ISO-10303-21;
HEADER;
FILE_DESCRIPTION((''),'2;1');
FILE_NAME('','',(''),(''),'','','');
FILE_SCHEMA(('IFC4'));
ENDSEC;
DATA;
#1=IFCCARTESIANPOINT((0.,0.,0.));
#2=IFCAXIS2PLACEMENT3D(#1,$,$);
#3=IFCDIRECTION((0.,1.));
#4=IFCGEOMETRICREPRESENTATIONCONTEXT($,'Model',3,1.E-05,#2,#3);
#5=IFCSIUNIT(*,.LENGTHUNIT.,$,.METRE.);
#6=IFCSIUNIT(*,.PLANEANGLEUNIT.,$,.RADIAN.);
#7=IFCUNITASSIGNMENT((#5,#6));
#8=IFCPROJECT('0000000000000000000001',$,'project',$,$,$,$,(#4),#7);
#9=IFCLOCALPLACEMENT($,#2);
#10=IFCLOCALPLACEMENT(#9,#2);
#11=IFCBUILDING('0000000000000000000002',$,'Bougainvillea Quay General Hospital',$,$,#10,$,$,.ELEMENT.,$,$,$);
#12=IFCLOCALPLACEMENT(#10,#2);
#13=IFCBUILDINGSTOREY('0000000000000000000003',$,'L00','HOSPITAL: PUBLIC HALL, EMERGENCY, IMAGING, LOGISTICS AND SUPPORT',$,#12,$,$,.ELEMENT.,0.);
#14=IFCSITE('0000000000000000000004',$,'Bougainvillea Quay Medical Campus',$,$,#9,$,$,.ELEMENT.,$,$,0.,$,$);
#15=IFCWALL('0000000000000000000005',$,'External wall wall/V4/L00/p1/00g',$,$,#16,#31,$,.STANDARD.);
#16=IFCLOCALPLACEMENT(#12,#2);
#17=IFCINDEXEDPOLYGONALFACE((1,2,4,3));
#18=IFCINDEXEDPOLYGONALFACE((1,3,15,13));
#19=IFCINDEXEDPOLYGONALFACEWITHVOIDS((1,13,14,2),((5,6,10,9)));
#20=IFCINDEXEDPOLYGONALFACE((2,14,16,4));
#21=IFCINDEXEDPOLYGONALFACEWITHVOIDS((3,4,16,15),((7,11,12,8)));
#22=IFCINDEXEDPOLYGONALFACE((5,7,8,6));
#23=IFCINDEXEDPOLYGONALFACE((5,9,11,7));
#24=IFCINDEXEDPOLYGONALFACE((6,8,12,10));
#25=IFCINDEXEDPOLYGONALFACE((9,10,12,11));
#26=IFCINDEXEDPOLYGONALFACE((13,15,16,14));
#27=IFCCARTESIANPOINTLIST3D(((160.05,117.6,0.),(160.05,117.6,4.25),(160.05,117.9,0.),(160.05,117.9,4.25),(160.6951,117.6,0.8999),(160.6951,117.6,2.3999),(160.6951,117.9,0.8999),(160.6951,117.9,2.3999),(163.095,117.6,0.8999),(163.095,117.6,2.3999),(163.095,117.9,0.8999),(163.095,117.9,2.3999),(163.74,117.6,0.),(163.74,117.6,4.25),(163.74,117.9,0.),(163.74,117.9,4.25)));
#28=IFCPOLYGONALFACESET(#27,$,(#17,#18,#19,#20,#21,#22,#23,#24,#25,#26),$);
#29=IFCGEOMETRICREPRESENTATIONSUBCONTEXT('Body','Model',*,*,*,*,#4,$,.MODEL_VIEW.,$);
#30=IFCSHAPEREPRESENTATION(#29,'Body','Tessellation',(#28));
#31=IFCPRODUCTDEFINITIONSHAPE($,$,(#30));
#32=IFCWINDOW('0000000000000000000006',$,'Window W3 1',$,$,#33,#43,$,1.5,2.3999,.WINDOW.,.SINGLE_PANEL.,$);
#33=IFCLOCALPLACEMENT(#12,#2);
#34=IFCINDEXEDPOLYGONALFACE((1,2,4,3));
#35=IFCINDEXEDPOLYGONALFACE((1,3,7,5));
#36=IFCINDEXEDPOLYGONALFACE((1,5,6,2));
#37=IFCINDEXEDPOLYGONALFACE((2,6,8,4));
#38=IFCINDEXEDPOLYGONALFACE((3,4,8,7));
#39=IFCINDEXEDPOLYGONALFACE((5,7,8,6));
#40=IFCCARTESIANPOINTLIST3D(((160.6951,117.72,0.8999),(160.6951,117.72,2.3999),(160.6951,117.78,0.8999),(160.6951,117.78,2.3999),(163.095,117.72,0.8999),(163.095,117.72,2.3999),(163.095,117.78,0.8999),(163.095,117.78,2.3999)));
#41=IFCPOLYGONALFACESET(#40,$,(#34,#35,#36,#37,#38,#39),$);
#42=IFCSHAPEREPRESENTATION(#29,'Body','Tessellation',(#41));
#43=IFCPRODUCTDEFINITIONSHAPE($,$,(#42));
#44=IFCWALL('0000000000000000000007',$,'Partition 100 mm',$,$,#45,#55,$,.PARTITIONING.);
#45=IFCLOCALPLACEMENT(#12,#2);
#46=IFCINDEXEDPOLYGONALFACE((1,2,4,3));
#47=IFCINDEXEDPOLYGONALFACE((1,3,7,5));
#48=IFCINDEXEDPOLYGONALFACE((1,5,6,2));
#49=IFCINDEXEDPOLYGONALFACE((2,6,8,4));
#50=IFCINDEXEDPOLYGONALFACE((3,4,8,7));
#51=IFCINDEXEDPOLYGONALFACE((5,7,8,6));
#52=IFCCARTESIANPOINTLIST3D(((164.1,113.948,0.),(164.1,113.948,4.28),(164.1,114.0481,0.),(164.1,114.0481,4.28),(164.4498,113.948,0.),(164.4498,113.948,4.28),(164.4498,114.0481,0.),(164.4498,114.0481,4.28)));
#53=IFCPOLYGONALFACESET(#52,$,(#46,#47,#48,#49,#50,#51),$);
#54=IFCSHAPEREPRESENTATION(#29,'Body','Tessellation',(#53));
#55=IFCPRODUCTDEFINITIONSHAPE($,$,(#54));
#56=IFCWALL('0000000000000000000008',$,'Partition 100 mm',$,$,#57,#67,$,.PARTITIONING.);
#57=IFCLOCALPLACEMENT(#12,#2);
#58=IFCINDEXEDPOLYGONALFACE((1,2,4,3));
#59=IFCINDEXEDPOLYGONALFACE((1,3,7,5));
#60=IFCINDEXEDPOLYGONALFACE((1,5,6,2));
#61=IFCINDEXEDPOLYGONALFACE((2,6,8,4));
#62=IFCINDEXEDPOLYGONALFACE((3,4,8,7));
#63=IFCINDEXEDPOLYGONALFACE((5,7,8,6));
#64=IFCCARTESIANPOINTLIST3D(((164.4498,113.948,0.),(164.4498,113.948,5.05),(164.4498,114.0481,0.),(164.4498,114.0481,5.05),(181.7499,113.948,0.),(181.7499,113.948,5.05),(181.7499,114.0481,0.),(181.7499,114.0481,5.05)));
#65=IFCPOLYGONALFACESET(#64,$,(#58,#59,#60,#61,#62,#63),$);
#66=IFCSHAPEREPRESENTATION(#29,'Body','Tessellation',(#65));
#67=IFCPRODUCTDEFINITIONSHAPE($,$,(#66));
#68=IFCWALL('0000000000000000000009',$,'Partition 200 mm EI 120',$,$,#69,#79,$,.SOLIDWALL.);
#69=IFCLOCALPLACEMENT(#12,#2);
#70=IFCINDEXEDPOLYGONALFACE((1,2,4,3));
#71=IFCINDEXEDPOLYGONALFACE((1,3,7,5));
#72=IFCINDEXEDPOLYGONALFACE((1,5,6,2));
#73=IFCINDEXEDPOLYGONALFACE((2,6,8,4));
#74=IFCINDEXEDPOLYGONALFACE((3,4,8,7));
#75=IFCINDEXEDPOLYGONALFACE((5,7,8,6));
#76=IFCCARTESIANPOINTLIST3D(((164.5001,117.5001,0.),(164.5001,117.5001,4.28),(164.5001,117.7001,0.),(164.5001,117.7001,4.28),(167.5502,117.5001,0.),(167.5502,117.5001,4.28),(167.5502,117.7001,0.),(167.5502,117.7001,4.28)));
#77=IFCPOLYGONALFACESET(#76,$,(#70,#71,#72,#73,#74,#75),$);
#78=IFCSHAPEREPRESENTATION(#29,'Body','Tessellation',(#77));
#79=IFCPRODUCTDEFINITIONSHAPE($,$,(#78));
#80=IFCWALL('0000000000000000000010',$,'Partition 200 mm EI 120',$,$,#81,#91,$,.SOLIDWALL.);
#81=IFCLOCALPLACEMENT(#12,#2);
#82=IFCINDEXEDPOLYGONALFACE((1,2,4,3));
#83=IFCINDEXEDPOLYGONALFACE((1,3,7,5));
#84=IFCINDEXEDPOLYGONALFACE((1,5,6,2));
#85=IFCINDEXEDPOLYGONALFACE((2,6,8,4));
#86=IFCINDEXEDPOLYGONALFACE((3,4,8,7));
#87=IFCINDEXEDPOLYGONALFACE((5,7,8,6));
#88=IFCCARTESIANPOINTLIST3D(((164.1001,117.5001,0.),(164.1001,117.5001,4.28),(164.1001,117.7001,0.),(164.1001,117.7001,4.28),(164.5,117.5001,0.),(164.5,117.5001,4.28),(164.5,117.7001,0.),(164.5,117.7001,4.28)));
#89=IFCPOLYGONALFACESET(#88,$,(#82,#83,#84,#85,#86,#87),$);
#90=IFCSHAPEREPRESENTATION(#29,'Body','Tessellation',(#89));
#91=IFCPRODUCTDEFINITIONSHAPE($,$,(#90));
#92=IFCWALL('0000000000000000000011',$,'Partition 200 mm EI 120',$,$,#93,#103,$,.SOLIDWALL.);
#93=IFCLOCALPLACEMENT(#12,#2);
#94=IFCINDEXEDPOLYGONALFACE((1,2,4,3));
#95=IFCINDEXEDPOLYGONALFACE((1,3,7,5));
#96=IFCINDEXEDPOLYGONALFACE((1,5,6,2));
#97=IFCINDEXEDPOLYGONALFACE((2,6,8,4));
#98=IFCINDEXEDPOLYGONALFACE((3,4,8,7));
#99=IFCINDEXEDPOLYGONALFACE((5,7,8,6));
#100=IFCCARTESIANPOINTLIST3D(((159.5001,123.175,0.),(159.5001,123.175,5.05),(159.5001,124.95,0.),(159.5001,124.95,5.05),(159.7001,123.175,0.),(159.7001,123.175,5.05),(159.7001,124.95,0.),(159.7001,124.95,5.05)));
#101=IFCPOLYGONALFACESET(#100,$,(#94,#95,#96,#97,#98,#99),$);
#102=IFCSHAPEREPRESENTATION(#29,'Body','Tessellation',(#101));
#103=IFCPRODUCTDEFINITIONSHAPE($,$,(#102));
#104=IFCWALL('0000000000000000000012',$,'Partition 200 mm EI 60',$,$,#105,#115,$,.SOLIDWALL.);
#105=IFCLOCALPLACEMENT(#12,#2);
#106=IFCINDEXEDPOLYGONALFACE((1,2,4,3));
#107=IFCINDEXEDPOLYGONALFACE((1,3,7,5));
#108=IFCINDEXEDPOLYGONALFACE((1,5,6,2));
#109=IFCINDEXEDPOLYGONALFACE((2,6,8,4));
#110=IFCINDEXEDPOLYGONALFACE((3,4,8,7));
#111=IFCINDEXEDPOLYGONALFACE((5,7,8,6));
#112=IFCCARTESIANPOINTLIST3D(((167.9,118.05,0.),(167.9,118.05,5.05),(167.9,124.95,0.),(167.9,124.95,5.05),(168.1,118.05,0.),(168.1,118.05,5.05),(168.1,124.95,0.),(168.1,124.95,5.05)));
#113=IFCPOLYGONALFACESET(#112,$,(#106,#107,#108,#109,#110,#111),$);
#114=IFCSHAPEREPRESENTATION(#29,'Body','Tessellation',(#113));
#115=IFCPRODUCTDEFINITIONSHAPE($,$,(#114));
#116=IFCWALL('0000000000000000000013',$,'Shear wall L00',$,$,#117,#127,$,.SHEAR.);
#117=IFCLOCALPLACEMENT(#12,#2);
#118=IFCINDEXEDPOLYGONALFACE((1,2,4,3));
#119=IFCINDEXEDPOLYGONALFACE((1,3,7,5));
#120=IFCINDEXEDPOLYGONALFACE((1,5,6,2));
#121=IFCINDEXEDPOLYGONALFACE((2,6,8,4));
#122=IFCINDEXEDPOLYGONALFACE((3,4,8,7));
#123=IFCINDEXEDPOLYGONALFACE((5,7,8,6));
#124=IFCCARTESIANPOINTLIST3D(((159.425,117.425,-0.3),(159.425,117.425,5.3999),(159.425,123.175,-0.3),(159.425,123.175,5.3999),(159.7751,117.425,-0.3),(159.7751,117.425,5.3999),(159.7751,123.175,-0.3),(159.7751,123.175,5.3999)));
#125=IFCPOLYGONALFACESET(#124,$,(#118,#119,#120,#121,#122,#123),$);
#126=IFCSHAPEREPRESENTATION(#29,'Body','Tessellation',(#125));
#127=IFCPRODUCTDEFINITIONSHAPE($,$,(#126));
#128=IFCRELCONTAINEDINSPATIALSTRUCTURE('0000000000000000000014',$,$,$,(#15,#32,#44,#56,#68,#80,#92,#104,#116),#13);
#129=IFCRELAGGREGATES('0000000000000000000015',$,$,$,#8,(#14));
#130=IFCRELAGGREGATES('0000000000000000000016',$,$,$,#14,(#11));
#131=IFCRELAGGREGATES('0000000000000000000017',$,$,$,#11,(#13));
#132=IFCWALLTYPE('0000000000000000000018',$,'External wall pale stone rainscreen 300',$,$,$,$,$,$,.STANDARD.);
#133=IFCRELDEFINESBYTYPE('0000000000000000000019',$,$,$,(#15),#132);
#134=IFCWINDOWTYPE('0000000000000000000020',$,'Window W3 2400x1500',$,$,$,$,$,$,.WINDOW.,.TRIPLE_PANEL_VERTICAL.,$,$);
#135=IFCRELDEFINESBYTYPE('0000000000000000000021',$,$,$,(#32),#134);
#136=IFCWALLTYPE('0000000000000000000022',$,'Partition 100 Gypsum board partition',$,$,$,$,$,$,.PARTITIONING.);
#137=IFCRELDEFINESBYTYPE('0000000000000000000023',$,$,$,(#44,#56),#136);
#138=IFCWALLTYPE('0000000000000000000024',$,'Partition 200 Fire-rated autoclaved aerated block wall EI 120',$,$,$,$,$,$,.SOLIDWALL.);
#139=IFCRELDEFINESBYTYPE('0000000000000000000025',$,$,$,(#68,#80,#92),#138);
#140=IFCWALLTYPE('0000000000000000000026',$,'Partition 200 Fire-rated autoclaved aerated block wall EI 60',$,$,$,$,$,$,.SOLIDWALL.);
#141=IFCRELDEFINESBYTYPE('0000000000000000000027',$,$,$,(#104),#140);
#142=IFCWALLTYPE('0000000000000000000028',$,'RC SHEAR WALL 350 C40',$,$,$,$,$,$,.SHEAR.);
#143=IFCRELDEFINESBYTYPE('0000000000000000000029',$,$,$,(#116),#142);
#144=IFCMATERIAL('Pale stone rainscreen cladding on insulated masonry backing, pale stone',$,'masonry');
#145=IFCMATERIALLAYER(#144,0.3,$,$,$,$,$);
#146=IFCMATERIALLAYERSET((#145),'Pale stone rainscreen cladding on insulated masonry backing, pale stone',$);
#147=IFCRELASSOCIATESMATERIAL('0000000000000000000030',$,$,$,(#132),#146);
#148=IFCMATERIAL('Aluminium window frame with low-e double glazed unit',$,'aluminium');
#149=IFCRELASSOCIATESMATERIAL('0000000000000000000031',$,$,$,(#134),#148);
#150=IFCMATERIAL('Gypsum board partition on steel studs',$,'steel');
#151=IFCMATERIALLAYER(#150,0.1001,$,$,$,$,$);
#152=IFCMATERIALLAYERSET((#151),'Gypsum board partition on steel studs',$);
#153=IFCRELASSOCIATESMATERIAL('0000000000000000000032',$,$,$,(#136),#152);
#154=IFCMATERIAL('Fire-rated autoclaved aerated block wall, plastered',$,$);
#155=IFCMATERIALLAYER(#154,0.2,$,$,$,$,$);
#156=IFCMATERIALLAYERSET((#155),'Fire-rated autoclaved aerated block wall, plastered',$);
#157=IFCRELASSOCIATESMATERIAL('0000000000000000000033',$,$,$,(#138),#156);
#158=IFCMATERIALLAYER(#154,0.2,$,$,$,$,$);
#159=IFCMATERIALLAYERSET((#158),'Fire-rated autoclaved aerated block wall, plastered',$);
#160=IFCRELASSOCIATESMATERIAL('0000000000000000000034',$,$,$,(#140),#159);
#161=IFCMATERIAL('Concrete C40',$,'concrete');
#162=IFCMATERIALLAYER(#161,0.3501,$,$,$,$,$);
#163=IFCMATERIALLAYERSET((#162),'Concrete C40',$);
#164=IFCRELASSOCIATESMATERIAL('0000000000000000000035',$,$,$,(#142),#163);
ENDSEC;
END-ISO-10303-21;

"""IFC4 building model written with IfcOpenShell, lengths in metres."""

from ifc_helpers import new_model, si_unit, direction, frame, frame_2d, origin, place, context, subcontext, project, spatial, rectangle, extrude, material, layer, layer_set, type_object, element, fill, save


model = new_model("IFC4")

# Units and contexts
model_context = context("Model", 3, precision=1e-05, world=origin(), true_north=direction((0.0, 1.0)))
body_context = subcontext(model_context, "Body", "Model", "MODEL_VIEW")
ifc_project = project(units=[si_unit("LENGTHUNIT", "METRE"), si_unit("PLANEANGLEUNIT", "RADIAN")], contexts=[model_context])

# Site, building, storey
site_placement = place(None, origin())
site = spatial("IfcSite", under=ifc_project, at=site_placement, Name="Bougainvillea Quay Medical Campus", CompositionType="ELEMENT", RefElevation=0.0)
building_placement = place(site_placement, origin())
building = spatial("IfcBuilding", under=site, at=building_placement, Name="Bougainvillea Quay General Hospital", CompositionType="ELEMENT")
storey_placement = place(building_placement, origin())
storey = spatial("IfcBuildingStorey", under=building, at=storey_placement, Name="L00", Description="HOSPITAL: PUBLIC HALL, EMERGENCY, IMAGING, LOGISTICS AND SUPPORT", CompositionType="ELEMENT", Elevation=0.0)

# Shared definitions
ifc_material_1 = material(Name="Concrete C40", Category="concrete")

# Shared definitions
ifc_material_2 = material(Name="Pale stone rainscreen cladding on insulated masonry backing, pale stone", Category="masonry")
ifc_layer_1 = layer(ifc_material_2, 0.3)
ifc_layer_set_1 = layer_set([ifc_layer_1], Name="Pale stone rainscreen cladding on insulated masonry backing, pale stone")
wall_type_1 = type_object("IfcWallType", Name="External wall pale stone rainscreen 300", PredefinedType="STANDARD", material=ifc_layer_set_1)
ifc_material_3 = material(Name="Aluminium window frame with low-e double glazed unit", Category="aluminium")

# Wall, opening, window
wall_1_placement = place(storey_placement, frame((160.05, 117.75, 0.0), z_axis=(0.0, 0.0, 1.0), x_axis=(1.0, 0.0, 0.0)))
wall_1 = element("IfcWall", 1, at=wall_1_placement, inside=storey, type_object=wall_type_1, Name="External wall wall/V4/L00/p1/00g", PredefinedType="STANDARD", context=body_context, shape_type="SweptSolid", body=[
    extrude(rectangle(XDim=3.6899, YDim=0.3, at=frame_2d((1.845, 0.0))), origin(), (0.0, 0.0, 1.0), 4.25),
])
opening_1_placement = place(wall_1_placement, frame((0.645, 0.0, 0.8999)))
opening_1 = element("IfcOpeningElement", 2, at=opening_1_placement, cuts=wall_1, PredefinedType="OPENING", context=body_context, shape_type="SweptSolid", body=[
    extrude(rectangle(XDim=2.3999, YDim=1.5, at=frame_2d((1.2, 0.75))), frame((0.0, 0.1599, 0.0), z_axis=(0.0, -1.0, 0.0), x_axis=(1.0, 0.0, 0.0)), (0.0, 0.0, 1.0), 0.3201),
])
window_type_1 = type_object("IfcWindowType", Name="Window W3 2400x1500", PartitioningType="TRIPLE_PANEL_VERTICAL", PredefinedType="WINDOW", material=ifc_material_3)
window_1_placement = place(opening_1_placement, origin())
window_1 = element("IfcWindow", 3, at=window_1_placement, inside=storey, type_object=window_type_1, Name="Window W3 1", OverallHeight=1.5, OverallWidth=2.3999, PartitioningType="SINGLE_PANEL", PredefinedType="WINDOW", context=body_context, shape_type="SweptSolid", body=[
    extrude(rectangle(XDim=2.3999, YDim=1.5, at=frame_2d((1.2, 0.75))), frame((0.0, 0.03, 0.0), z_axis=(0.0, -1.0, 0.0), x_axis=(1.0, 0.0, 0.0)), (0.0, 0.0, 1.0), 0.0601),
])
fill(opening_1, window_1)

# Walls
ifc_material_4 = material(Name="Gypsum board partition on steel studs", Category="steel")
ifc_layer_2 = layer(ifc_material_4, 0.1001)
ifc_layer_set_2 = layer_set([ifc_layer_2], Name="Gypsum board partition on steel studs")
wall_type_2 = type_object("IfcWallType", Name="Partition 100 Gypsum board partition", PredefinedType="PARTITIONING", material=ifc_layer_set_2)
wall_2_placement = place(storey_placement, frame((164.1001, 113.998, 0.0), z_axis=(0.0, 0.0, 1.0), x_axis=(1.0, 0.0, 0.0)))
element("IfcWall", 4, at=wall_2_placement, inside=storey, type_object=wall_type_2, Name="Partition 100 mm", PredefinedType="PARTITIONING", context=body_context, shape_type="SweptSolid", body=[
    extrude(rectangle(XDim=0.3499, YDim=0.1001, at=frame_2d((0.1748, 0.0))), origin(), (0.0, 0.0, 1.0), 4.28),
])
wall_3_placement = place(storey_placement, frame((164.45, 113.998, 0.0), z_axis=(0.0, 0.0, 1.0), x_axis=(1.0, 0.0, 0.0)))
element("IfcWall", 5, at=wall_3_placement, inside=storey, type_object=wall_type_2, Name="Partition 100 mm", PredefinedType="PARTITIONING", context=body_context, shape_type="SweptSolid", body=[
    extrude(rectangle(XDim=17.3, YDim=0.1001, at=frame_2d((8.6499, 0.0))), origin(), (0.0, 0.0, 1.0), 5.05),
])
ifc_material_5 = material(Name="Fire-rated autoclaved aerated block wall, plastered")
ifc_layer_3 = layer(ifc_material_5, 0.2)
ifc_layer_set_3 = layer_set([ifc_layer_3], Name="Fire-rated autoclaved aerated block wall, plastered")
wall_type_3 = type_object("IfcWallType", Name="Partition 200 Fire-rated autoclaved aerated block wall EI 120", PredefinedType="SOLIDWALL", material=ifc_layer_set_3)
wall_4_placement = place(storey_placement, frame((167.55, 117.6001, 0.0), z_axis=(0.0, 0.0, 1.0), x_axis=(-1.0, 0.0, 0.0)))
element("IfcWall", 6, at=wall_4_placement, inside=storey, type_object=wall_type_3, Name="Partition 200 mm EI 120", PredefinedType="SOLIDWALL", context=body_context, shape_type="SweptSolid", body=[
    extrude(rectangle(XDim=3.05, YDim=0.2, at=frame_2d((1.5249, 0.0))), origin(), (0.0, 0.0, 1.0), 4.28),
])
wall_5_placement = place(storey_placement, frame((164.5, 117.6001, 0.0), z_axis=(0.0, 0.0, 1.0), x_axis=(-1.0, 0.0, 0.0)))
element("IfcWall", 7, at=wall_5_placement, inside=storey, type_object=wall_type_3, Name="Partition 200 mm EI 120", PredefinedType="SOLIDWALL", context=body_context, shape_type="SweptSolid", body=[
    extrude(rectangle(XDim=0.3999, YDim=0.2, at=frame_2d((0.2, 0.0))), origin(), (0.0, 0.0, 1.0), 4.28),
])
wall_6_placement = place(storey_placement, frame((159.6001, 123.175, 0.0), z_axis=(0.0, 0.0, 1.0), x_axis=(0.0, 1.0, 0.0)))
element("IfcWall", 8, at=wall_6_placement, inside=storey, type_object=wall_type_3, Name="Partition 200 mm EI 120", PredefinedType="SOLIDWALL", context=body_context, shape_type="SweptSolid", body=[
    extrude(rectangle(XDim=1.7749, YDim=0.2, at=frame_2d((0.8875, 0.0))), origin(), (0.0, 0.0, 1.0), 5.05),
])
ifc_layer_4 = layer(ifc_material_5, 0.2)
ifc_layer_set_4 = layer_set([ifc_layer_4], Name="Fire-rated autoclaved aerated block wall, plastered")
wall_type_4 = type_object("IfcWallType", Name="Partition 200 Fire-rated autoclaved aerated block wall EI 60", PredefinedType="SOLIDWALL", material=ifc_layer_set_4)
wall_7_placement = place(storey_placement, frame((168.0, 118.05, 0.0), z_axis=(0.0, 0.0, 1.0), x_axis=(0.0, 1.0, 0.0)))
element("IfcWall", 9, at=wall_7_placement, inside=storey, type_object=wall_type_4, Name="Partition 200 mm EI 60", PredefinedType="SOLIDWALL", context=body_context, shape_type="SweptSolid", body=[
    extrude(rectangle(XDim=6.8999, YDim=0.2, at=frame_2d((3.45, 0.0))), origin(), (0.0, 0.0, 1.0), 5.05),
])
ifc_layer_5 = layer(ifc_material_1, 0.3501)
ifc_layer_set_5 = layer_set([ifc_layer_5], Name="Concrete C40")
wall_type_5 = type_object("IfcWallType", Name="RC SHEAR WALL 350 C40", PredefinedType="SHEAR", material=ifc_layer_set_5)
wall_8_placement = place(storey_placement, frame((159.6001, 117.425, -0.3), z_axis=(0.0, 0.0, 1.0), x_axis=(0.0, 1.0, 0.0)))
element("IfcWall", 10, at=wall_8_placement, inside=storey, type_object=wall_type_5, Name="Shear wall L00", PredefinedType="SHEAR", context=body_context, shape_type="SweptSolid", body=[
    extrude(rectangle(XDim=5.75, YDim=0.3501, at=frame_2d((2.875, 0.0))), origin(), (0.0, 0.0, 1.0), 5.7),
])

save(model, "model.ifc")
